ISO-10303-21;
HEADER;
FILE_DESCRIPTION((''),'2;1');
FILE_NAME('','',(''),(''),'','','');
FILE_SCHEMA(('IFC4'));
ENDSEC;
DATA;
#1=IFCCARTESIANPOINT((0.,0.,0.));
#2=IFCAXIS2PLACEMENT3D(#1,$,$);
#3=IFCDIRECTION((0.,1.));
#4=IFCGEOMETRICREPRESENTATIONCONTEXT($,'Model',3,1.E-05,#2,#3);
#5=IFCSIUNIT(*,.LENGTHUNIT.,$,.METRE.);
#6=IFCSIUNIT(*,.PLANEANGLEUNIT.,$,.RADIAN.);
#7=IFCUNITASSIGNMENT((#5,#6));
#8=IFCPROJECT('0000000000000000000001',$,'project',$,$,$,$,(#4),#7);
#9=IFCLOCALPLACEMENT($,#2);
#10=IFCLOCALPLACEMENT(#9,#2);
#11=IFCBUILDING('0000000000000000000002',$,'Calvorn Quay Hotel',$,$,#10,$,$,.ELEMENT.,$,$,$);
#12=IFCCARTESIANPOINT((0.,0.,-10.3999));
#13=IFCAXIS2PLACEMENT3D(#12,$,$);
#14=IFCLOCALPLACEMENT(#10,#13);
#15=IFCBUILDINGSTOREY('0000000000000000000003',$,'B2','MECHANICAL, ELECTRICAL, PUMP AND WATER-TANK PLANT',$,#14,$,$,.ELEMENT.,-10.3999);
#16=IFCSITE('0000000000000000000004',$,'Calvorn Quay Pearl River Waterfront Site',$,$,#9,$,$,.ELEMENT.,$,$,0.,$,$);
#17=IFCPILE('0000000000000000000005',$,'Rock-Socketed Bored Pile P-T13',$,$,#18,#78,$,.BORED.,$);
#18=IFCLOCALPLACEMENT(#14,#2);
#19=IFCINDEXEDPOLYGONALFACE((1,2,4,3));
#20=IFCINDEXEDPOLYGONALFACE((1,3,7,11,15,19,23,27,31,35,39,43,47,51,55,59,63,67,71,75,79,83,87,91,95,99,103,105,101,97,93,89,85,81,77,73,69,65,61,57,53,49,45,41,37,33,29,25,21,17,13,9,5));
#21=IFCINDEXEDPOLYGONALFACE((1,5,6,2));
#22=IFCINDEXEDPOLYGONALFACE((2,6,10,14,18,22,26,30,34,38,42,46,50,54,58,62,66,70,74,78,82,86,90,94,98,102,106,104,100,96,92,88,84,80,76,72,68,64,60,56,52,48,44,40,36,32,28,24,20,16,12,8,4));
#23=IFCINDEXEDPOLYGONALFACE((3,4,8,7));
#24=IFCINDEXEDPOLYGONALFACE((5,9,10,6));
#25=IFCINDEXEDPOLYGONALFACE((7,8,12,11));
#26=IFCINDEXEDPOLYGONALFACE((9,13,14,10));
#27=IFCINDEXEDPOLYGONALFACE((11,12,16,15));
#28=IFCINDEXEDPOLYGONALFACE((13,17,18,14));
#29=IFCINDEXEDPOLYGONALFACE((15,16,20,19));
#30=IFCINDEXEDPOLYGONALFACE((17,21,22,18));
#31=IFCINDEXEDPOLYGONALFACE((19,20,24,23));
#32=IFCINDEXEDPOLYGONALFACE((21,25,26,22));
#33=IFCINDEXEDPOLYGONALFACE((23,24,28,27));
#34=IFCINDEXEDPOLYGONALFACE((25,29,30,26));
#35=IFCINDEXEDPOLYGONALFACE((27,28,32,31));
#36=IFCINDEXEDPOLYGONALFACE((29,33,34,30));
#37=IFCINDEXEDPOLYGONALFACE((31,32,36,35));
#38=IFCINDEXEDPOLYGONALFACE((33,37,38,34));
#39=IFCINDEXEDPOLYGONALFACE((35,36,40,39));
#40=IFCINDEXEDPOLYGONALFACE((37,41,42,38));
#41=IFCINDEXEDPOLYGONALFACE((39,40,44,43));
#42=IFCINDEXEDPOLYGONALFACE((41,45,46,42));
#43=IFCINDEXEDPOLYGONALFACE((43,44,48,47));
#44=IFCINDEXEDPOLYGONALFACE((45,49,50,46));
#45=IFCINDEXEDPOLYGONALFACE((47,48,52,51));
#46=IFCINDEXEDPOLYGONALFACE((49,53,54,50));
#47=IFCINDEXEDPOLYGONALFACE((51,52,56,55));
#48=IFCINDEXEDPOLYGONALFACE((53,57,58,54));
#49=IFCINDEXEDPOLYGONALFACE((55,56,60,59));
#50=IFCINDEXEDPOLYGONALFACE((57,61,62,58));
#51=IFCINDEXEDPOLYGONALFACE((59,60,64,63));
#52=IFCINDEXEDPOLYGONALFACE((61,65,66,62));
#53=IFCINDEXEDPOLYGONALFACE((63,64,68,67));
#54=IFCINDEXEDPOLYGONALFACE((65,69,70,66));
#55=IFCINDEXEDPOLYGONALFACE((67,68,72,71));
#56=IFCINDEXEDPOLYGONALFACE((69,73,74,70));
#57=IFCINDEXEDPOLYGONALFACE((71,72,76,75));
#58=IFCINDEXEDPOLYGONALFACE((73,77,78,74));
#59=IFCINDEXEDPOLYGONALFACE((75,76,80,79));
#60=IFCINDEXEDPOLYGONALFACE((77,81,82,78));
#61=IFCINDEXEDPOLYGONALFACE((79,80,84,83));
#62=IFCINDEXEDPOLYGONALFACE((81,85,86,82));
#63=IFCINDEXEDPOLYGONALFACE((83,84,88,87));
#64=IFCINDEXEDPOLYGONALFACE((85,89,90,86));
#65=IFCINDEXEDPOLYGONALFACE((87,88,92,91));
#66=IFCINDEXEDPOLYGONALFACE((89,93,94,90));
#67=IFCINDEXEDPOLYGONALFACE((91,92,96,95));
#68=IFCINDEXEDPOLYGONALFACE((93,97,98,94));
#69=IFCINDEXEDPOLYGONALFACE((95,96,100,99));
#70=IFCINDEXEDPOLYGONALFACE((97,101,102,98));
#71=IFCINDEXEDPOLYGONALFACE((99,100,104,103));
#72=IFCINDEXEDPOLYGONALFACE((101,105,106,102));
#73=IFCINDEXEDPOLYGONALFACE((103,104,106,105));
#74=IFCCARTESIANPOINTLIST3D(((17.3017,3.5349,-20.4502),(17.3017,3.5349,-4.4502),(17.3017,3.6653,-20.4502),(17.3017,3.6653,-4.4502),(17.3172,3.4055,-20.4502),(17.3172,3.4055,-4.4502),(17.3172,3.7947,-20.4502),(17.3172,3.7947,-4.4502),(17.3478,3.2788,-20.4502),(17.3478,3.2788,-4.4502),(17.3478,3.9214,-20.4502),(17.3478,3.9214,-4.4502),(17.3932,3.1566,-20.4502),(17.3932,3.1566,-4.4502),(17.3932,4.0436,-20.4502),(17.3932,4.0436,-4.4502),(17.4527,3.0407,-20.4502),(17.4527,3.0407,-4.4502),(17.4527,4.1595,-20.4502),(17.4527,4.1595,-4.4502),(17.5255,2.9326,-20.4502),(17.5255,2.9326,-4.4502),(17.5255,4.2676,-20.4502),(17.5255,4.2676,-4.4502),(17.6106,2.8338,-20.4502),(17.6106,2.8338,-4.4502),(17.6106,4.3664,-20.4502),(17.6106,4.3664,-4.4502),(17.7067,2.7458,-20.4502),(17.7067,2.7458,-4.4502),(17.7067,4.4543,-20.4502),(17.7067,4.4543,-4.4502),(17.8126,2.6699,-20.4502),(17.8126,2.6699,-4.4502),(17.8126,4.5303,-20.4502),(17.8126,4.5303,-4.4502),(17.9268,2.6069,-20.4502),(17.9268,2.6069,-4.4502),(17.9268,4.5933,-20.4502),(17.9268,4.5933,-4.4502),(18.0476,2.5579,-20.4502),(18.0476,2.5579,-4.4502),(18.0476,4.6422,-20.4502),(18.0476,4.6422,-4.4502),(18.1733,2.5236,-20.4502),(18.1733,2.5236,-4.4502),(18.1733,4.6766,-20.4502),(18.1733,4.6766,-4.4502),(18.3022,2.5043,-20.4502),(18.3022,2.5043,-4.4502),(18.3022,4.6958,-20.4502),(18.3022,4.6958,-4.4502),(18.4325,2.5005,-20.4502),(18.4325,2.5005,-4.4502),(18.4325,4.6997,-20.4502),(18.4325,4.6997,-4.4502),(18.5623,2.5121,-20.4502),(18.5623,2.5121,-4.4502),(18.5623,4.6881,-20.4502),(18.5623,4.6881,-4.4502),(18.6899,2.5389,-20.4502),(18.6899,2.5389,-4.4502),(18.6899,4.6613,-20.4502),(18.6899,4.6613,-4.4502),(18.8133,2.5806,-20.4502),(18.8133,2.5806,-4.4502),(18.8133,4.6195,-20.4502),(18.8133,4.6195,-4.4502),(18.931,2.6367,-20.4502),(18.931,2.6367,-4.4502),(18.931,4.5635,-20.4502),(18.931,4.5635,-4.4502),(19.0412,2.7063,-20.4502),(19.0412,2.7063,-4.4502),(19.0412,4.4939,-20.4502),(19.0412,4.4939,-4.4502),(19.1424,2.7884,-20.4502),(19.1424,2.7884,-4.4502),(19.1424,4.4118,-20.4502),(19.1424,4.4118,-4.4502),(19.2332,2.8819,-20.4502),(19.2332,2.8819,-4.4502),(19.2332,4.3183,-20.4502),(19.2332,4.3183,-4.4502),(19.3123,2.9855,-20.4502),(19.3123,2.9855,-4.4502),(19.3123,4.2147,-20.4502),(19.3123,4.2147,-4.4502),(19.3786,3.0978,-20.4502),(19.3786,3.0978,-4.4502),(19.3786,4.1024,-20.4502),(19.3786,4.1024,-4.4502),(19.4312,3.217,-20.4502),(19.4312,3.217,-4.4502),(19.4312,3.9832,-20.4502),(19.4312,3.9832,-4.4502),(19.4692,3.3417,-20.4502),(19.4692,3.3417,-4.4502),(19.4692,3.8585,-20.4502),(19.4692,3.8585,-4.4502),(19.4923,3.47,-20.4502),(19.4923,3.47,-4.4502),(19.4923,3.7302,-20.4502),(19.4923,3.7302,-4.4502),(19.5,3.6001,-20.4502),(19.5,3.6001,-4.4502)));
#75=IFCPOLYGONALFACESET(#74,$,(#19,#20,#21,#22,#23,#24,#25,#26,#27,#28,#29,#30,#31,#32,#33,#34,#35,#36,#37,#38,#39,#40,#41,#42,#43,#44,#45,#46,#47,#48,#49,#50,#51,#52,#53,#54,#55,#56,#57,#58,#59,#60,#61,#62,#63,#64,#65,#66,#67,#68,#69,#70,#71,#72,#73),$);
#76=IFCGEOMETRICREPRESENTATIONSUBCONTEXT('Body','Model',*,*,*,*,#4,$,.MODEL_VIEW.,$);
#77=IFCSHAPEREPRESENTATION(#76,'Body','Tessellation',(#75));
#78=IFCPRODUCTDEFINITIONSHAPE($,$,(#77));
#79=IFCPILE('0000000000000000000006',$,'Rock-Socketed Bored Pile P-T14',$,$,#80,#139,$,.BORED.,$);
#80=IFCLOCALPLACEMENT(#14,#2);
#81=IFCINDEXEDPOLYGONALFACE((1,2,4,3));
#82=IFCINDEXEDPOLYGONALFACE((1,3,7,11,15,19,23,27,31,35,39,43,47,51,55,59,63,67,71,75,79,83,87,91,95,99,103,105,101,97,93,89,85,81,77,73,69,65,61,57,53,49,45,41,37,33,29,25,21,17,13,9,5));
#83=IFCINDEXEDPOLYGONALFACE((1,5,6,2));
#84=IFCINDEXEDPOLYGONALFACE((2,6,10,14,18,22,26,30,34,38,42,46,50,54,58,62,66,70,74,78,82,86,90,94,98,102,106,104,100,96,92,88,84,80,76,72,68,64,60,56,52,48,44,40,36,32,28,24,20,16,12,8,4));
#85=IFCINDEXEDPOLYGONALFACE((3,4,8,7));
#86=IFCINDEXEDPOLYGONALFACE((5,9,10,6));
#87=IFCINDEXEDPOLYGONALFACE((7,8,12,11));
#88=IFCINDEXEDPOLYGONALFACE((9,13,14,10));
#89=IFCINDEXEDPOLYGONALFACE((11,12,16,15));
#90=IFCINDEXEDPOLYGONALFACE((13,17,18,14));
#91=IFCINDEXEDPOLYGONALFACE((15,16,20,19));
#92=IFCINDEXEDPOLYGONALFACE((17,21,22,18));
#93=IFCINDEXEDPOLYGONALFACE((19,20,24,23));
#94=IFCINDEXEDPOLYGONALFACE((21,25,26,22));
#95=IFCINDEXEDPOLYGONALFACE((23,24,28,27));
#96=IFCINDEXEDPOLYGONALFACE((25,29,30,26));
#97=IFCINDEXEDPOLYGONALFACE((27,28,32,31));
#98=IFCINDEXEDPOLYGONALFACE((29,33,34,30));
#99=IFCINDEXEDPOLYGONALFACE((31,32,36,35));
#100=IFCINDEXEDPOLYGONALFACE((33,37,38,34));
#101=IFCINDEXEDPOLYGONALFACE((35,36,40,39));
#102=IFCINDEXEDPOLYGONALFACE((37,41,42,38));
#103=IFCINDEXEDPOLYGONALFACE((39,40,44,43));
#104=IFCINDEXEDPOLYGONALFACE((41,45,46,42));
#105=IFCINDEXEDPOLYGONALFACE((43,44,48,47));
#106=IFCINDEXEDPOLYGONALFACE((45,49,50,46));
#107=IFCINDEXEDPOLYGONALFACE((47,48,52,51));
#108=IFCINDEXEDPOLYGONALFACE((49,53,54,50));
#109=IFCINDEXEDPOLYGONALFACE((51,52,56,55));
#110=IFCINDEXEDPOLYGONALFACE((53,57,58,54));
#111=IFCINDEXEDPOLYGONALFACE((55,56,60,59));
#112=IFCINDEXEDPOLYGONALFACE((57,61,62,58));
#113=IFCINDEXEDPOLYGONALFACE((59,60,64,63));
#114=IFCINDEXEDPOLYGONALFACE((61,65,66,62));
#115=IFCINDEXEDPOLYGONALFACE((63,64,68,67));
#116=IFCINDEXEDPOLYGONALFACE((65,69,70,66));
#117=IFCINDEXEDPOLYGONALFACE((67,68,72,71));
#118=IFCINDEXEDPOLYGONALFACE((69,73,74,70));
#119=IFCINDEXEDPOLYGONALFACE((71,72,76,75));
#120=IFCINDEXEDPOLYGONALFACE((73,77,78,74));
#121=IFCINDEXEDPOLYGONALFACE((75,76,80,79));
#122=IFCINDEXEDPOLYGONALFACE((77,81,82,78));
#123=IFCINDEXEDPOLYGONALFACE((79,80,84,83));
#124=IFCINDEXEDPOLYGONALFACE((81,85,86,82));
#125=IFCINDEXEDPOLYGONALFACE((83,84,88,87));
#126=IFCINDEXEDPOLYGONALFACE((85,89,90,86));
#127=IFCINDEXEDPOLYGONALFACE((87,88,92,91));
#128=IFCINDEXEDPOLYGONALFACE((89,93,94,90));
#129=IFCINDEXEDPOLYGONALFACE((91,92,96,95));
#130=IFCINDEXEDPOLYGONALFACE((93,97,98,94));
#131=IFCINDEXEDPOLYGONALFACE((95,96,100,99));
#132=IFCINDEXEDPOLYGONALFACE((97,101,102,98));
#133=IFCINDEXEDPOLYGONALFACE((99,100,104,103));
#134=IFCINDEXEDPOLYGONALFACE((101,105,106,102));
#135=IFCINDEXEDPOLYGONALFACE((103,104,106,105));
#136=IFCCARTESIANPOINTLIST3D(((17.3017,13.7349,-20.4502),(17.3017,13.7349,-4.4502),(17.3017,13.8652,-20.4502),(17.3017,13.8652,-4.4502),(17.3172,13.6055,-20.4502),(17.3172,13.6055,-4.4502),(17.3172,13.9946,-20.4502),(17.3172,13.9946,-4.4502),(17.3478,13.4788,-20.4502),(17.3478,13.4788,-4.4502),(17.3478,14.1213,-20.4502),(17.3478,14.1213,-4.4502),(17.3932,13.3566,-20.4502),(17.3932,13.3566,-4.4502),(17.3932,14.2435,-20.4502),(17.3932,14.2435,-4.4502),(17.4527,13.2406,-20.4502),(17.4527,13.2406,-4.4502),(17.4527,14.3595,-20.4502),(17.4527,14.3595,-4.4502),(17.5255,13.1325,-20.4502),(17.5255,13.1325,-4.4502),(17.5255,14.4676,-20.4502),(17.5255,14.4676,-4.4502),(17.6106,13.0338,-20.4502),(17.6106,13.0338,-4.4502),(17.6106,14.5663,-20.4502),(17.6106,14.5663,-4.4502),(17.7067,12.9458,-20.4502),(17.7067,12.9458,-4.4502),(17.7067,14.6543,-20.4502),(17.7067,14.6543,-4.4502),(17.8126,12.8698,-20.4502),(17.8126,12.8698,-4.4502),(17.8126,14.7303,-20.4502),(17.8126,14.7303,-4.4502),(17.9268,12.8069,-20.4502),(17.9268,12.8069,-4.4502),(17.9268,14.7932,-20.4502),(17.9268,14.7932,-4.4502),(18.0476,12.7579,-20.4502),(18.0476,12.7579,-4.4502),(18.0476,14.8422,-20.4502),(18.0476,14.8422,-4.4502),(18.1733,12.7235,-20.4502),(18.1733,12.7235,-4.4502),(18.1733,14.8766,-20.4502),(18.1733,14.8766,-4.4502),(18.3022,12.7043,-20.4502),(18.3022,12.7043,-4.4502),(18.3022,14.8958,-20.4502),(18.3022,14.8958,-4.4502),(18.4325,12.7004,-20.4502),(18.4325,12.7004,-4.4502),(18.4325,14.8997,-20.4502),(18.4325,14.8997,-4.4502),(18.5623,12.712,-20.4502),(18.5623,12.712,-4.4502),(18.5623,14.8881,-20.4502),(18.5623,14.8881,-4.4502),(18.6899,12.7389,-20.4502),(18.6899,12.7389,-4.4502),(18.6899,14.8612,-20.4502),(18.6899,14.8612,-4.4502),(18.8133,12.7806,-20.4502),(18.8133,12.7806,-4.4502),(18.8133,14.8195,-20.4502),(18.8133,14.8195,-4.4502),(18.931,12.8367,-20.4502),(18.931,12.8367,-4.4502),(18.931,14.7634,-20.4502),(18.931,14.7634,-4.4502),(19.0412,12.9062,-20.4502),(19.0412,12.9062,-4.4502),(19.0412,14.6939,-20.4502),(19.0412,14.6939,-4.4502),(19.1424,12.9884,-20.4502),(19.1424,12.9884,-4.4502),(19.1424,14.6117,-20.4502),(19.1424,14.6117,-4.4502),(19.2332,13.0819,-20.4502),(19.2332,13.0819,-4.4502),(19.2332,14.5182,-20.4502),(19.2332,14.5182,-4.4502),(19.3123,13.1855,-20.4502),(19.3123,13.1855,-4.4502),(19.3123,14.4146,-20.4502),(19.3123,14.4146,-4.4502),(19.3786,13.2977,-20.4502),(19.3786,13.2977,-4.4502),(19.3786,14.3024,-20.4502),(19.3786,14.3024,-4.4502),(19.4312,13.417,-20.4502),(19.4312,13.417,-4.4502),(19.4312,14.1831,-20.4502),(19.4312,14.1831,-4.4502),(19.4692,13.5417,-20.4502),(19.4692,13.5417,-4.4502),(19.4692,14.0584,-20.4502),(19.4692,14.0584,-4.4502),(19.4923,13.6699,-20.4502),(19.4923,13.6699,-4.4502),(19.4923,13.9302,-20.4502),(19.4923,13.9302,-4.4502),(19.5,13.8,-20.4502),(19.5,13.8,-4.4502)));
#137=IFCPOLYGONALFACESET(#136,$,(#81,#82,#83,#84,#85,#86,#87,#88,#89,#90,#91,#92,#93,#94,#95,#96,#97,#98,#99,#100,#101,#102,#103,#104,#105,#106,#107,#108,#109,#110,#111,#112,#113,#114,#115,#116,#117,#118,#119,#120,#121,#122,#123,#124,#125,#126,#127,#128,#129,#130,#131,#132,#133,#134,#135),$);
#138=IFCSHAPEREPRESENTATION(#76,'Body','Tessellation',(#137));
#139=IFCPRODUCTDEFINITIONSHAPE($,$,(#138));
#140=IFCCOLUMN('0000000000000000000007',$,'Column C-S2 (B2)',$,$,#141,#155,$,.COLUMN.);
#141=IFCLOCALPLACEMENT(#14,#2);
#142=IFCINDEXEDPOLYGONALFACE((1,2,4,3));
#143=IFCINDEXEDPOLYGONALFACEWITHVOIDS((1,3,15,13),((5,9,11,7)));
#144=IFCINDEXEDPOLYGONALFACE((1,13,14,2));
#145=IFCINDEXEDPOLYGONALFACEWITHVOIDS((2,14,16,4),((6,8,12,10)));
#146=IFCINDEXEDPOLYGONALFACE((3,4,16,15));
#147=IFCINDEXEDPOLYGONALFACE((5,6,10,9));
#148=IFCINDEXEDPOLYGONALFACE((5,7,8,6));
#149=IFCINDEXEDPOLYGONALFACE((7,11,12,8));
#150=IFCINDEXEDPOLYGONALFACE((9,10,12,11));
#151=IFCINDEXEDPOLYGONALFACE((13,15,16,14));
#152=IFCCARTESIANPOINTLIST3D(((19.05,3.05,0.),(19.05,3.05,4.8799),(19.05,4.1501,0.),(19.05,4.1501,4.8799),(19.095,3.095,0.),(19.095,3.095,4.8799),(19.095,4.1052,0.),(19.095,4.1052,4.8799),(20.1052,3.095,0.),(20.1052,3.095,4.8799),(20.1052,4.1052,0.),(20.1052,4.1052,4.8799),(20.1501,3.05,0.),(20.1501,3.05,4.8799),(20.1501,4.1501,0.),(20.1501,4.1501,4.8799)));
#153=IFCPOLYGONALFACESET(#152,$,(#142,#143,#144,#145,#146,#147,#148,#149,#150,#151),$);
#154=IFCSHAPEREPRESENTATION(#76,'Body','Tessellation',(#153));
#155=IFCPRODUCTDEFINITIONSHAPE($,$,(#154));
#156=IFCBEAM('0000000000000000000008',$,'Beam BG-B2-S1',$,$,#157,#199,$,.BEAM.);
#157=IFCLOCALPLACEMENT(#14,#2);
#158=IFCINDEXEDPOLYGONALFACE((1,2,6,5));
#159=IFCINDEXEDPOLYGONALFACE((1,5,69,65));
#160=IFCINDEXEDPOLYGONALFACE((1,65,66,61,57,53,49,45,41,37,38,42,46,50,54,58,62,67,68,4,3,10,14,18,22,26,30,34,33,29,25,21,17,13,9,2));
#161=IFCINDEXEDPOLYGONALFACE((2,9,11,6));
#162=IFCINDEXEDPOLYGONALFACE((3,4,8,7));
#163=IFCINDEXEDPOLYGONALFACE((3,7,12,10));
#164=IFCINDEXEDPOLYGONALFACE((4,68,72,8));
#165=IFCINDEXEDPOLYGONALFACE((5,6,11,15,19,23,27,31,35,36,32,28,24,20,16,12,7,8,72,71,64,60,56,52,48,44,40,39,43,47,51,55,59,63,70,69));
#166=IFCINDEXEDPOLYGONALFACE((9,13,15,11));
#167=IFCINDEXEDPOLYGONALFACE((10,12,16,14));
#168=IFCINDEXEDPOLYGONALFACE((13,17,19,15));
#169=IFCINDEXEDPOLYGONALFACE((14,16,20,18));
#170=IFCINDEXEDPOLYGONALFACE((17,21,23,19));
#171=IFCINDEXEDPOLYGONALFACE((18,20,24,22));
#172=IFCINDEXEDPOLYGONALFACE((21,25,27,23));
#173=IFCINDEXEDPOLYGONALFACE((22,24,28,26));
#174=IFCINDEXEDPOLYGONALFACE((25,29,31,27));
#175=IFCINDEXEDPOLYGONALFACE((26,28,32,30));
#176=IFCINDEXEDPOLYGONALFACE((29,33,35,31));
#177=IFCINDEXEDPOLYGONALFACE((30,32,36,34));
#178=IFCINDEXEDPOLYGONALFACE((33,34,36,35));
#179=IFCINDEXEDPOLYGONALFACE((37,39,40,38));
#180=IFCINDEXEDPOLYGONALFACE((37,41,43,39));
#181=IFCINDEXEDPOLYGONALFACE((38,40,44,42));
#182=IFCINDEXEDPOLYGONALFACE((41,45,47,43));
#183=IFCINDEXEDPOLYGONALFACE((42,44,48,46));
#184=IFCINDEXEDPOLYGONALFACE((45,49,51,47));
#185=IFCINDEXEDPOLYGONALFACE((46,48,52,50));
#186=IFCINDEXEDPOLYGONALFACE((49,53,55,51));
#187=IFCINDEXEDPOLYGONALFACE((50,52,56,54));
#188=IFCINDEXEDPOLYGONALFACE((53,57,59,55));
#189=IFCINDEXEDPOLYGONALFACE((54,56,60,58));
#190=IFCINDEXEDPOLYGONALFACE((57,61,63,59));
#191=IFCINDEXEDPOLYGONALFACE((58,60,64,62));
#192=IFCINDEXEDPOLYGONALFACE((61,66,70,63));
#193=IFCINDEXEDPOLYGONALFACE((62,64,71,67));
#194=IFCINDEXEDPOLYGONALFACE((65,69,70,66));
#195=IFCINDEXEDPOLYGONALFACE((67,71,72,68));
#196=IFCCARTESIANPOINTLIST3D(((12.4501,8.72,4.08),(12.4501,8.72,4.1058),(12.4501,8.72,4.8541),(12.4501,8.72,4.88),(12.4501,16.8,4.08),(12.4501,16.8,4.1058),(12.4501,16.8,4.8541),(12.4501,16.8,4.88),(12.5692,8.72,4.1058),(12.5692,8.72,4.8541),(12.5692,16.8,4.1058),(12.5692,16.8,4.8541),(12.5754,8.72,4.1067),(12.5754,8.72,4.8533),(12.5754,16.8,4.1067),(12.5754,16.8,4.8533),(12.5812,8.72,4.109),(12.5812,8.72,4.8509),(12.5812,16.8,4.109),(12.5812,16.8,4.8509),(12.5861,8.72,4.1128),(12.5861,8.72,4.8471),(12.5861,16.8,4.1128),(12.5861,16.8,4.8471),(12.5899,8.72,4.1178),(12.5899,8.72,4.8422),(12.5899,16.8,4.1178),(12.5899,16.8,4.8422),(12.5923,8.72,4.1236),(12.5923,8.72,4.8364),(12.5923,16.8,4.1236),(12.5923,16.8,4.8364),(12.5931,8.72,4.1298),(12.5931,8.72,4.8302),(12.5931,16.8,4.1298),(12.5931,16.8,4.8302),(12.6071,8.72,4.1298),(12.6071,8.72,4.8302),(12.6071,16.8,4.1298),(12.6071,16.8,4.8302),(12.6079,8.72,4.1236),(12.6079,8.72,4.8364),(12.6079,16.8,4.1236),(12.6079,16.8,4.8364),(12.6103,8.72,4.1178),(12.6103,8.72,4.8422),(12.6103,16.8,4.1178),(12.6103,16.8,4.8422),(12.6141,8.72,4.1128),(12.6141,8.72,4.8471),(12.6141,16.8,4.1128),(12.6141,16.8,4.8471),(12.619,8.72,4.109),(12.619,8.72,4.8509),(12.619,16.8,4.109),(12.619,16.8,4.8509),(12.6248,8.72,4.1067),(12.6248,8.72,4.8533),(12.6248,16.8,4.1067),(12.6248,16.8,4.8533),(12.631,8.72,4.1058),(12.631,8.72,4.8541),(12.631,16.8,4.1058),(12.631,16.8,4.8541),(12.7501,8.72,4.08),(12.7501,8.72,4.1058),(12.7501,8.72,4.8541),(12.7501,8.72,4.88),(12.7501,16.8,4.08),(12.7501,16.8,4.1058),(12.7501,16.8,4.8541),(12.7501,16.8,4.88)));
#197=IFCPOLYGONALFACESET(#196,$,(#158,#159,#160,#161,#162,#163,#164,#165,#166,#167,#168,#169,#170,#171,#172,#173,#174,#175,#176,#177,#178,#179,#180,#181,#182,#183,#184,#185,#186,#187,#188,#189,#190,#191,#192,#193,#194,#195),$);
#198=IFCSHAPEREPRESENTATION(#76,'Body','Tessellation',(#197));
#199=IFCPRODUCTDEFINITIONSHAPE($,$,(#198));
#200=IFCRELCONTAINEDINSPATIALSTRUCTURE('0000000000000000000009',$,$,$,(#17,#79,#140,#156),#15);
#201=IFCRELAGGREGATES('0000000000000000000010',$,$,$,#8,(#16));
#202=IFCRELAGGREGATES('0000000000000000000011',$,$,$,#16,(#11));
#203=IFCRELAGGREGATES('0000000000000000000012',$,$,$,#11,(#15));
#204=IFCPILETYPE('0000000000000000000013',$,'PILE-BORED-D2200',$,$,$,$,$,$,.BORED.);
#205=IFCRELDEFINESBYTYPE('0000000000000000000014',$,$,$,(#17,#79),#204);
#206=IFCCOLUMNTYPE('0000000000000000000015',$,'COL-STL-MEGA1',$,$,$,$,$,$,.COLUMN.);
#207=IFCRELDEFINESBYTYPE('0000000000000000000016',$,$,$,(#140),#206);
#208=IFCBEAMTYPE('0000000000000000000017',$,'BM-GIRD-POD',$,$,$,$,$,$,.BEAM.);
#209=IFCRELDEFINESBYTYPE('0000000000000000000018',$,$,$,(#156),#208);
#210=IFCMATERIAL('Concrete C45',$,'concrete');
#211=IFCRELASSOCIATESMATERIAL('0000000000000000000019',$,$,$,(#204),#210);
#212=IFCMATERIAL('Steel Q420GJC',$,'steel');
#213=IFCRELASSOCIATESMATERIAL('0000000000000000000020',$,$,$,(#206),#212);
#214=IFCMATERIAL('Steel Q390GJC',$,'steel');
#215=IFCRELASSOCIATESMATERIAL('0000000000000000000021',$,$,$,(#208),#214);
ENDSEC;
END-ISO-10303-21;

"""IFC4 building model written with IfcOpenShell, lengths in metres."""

from ifc_helpers import new_model, si_unit, direction, frame, origin, origin_2d, place, context, subcontext, project, spatial, hollow_rectangle, circle, i_section, extrude, material, material_profile, profile_set, type_object, element, save


model = new_model("IFC4")

# Units and contexts
model_context = context("Model", 3, precision=1e-05, world=origin(), true_north=direction((0.0, 1.0)))
body_context = subcontext(model_context, "Body", "Model", "MODEL_VIEW")
ifc_project = project(units=[si_unit("LENGTHUNIT", "METRE"), si_unit("PLANEANGLEUNIT", "RADIAN")], contexts=[model_context])

# Site, building, storey
site_placement = place(None, origin())
site = spatial("IfcSite", under=ifc_project, at=site_placement, Name="Calvorn Quay Pearl River Waterfront Site", CompositionType="ELEMENT", RefElevation=0.0)
building_placement = place(site_placement, origin())
building = spatial("IfcBuilding", under=site, at=building_placement, Name="Calvorn Quay Hotel", CompositionType="ELEMENT")
storey_placement = place(building_placement, frame((0.0, 0.0, -10.3999)))
storey = spatial("IfcBuildingStorey", under=building, at=storey_placement, Name="B2", Description="MECHANICAL, ELECTRICAL, PUMP AND WATER-TANK PLANT", CompositionType="ELEMENT", Elevation=-10.3999)

# Piles
ifc_material_1 = material(Name="Concrete C45", Category="concrete")
ifc_material_profile_1 = material_profile(ifc_material_1, circle(Radius=1.1001, at=origin_2d()), Name="PILE-D2200")
ifc_profile_set_1 = profile_set([ifc_material_profile_1], Name="Concrete C45")
pile_type = type_object("IfcPileType", Name="PILE-BORED-D2200", PredefinedType="BORED", material=ifc_profile_set_1)
for number, where, z_axis, x_axis, name in (
    (1, (18.3999, 3.6001, -4.4502), (0.0, 0.0, -1.0), (1.0, 0.0, 0.0), "Rock-Socketed Bored Pile P-T13"),
    (2, (18.3999, 13.8, -4.4502), (0.0, 0.0, -1.0), (1.0, 0.0, 0.0), "Rock-Socketed Bored Pile P-T14"),
):
    element("IfcPile", number, at=place(storey_placement, frame(where, z_axis=z_axis, x_axis=x_axis)), inside=storey, type_object=pile_type, Name=name, PredefinedType="BORED", context=body_context, shape_type="SweptSolid", body=[
        extrude(circle(Radius=1.1001, at=origin_2d()), origin(), (0.0, 0.0, 1.0), 16.0),
    ])

# Column
ifc_material_2 = material(Name="Steel Q420GJC", Category="steel")
ifc_material_profile_2 = material_profile(ifc_material_2, hollow_rectangle(XDim=1.1001, YDim=1.1001, WallThickness=0.0449, at=origin_2d()), Name="BOX1100x1100x45")
ifc_profile_set_2 = profile_set([ifc_material_profile_2], Name="Steel Q420GJC")
column_type = type_object("IfcColumnType", Name="COL-STL-MEGA1", PredefinedType="COLUMN", material=ifc_profile_set_2)
column_placement = place(storey_placement, frame((19.6001, 3.6001, 0.0), z_axis=(0.0, 0.0, 1.0), x_axis=(1.0, 0.0, 0.0)))
element("IfcColumn", 3, at=column_placement, inside=storey, type_object=column_type, Name="Column C-S2 (B2)", PredefinedType="COLUMN", context=body_context, shape_type="SweptSolid", body=[
    extrude(hollow_rectangle(XDim=1.1001, YDim=1.1001, WallThickness=0.0449, at=origin_2d()), origin(), (0.0, 0.0, 1.0), 4.8799),
])

# Beam
ifc_material_3 = material(Name="Steel Q390GJC", Category="steel")
ifc_material_profile_3 = material_profile(ifc_material_3, i_section(OverallWidth=0.3, OverallDepth=0.8, WebThickness=0.0139, FlangeThickness=0.0259, FilletRadius=0.0239, at=origin_2d()), Name="HN800x300x14x26")
ifc_profile_set_3 = profile_set([ifc_material_profile_3], Name="Steel Q390GJC")
beam_type_1 = type_object("IfcBeamType", Name="BM-GIRD-POD", PredefinedType="BEAM", material=ifc_profile_set_3)
beam_1_placement = place(storey_placement, frame((12.6001, 8.72, 4.48), z_axis=(0.0, 1.0, 0.0), x_axis=(-1.0, 0.0, 0.0)))
element("IfcBeam", 4, at=beam_1_placement, inside=storey, type_object=beam_type_1, Name="Beam BG-B2-S1", PredefinedType="BEAM", context=body_context, shape_type="SweptSolid", body=[
    extrude(i_section(OverallWidth=0.3, OverallDepth=0.8, WebThickness=0.0139, FlangeThickness=0.0259, FilletRadius=0.0239, at=origin_2d()), origin(), (0.0, 0.0, 1.0), 8.0801),
])

save(model, "model.ifc")
